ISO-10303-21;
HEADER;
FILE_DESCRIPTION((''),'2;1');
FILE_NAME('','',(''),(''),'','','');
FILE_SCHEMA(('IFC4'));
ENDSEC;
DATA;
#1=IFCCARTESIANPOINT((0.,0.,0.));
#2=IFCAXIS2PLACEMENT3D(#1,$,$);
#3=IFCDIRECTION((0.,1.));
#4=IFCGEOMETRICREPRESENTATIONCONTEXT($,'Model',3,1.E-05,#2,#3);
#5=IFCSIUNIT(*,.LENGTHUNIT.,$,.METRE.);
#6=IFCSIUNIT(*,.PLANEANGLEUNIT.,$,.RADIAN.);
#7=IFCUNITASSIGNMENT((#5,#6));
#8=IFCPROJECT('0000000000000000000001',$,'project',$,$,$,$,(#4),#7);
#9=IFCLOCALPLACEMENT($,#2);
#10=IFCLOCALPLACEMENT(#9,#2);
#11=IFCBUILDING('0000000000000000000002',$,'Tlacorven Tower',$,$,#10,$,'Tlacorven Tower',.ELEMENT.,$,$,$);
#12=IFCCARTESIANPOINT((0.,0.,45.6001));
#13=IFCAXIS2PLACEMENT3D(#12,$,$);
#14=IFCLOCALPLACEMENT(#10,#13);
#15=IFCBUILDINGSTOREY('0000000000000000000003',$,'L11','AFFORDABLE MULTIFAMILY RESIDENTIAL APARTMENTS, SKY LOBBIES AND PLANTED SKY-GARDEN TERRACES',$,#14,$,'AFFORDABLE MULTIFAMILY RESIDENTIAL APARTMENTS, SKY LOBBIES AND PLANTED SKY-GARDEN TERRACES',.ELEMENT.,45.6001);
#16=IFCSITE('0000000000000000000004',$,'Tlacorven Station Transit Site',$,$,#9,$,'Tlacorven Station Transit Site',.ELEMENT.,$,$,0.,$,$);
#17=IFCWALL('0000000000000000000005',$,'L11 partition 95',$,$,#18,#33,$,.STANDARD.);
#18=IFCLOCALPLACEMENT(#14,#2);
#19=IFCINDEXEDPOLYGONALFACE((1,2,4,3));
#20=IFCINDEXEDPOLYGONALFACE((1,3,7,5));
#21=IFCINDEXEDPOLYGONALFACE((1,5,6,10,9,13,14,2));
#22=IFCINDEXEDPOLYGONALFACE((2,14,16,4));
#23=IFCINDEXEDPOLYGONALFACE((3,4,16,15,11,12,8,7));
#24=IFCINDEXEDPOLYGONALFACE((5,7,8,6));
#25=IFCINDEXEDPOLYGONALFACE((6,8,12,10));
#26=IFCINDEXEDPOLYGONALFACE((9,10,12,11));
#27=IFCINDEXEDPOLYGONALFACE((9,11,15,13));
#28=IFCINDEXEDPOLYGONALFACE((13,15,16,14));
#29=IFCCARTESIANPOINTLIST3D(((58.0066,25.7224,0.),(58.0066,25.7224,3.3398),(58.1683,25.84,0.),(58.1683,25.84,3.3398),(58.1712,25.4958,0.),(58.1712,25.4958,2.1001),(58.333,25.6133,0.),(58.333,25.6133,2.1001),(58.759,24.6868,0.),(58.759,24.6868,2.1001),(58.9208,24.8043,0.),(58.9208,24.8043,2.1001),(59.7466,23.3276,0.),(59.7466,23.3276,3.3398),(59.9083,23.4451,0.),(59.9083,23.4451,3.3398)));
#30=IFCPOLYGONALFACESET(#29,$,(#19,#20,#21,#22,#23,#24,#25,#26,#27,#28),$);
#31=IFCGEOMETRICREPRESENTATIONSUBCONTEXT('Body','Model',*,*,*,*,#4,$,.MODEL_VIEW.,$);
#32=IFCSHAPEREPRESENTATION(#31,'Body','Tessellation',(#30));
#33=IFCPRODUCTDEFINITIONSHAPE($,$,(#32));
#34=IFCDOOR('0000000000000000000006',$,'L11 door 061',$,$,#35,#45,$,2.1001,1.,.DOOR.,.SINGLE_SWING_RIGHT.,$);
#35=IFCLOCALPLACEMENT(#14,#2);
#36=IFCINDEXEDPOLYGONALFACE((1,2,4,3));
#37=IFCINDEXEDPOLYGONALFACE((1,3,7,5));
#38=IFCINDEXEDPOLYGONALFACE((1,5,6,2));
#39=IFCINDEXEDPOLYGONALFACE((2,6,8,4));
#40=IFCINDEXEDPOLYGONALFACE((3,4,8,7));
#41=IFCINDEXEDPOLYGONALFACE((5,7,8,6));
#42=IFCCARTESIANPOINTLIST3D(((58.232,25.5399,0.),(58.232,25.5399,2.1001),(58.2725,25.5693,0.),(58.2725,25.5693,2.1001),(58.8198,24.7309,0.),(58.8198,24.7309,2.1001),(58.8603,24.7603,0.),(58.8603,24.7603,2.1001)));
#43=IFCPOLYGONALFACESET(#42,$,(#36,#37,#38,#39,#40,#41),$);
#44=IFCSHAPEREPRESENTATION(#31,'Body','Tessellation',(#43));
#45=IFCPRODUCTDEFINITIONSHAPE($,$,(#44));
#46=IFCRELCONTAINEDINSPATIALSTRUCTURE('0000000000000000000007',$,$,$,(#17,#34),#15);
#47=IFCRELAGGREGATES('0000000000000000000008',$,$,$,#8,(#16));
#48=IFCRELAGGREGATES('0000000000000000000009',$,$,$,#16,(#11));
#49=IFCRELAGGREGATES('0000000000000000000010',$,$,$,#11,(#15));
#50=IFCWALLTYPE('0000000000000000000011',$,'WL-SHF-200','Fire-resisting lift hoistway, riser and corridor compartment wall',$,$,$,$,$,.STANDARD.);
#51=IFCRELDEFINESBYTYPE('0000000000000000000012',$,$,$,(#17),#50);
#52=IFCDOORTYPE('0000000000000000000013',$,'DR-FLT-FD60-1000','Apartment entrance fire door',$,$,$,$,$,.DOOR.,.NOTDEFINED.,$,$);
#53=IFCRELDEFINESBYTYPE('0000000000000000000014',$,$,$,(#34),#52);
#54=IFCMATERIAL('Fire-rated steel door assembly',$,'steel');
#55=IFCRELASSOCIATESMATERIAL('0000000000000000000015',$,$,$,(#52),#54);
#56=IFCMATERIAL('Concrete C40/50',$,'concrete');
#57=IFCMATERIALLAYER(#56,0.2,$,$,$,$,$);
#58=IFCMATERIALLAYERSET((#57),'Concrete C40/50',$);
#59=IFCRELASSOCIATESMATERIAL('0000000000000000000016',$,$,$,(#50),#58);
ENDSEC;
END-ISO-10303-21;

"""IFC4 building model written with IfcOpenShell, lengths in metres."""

from ifc_helpers import new_model, si_unit, direction, frame, frame_2d, origin, place, context, subcontext, project, spatial, rectangle, extrude, source, transform, mapped, material, layer, layer_set, type_object, element, fill, save


model = new_model("IFC4")

# Units and contexts
model_context = context("Model", 3, precision=1e-05, world=origin(), true_north=direction((0.0, 1.0)))
body_context = subcontext(model_context, "Body", "Model", "MODEL_VIEW")
ifc_project = project(units=[si_unit("LENGTHUNIT", "METRE"), si_unit("PLANEANGLEUNIT", "RADIAN")], contexts=[model_context])

# Site, building, storey
site_placement = place(None, origin())
site = spatial("IfcSite", under=ifc_project, at=site_placement, Name="Tlacorven Station Transit Site", LongName="Tlacorven Station Transit Site", CompositionType="ELEMENT", RefElevation=0.0)
building_placement = place(site_placement, origin())
building = spatial("IfcBuilding", under=site, at=building_placement, Name="Tlacorven Tower", LongName="Tlacorven Tower", CompositionType="ELEMENT")
storey_placement = place(building_placement, frame((0.0, 0.0, 45.6001)))
storey = spatial("IfcBuildingStorey", under=building, at=storey_placement, Name="L11", Description="AFFORDABLE MULTIFAMILY RESIDENTIAL APARTMENTS, SKY LOBBIES AND PLANTED SKY-GARDEN TERRACES", LongName="AFFORDABLE MULTIFAMILY RESIDENTIAL APARTMENTS, SKY LOBBIES AND PLANTED SKY-GARDEN TERRACES", CompositionType="ELEMENT", Elevation=45.6001)

# Shared definitions
ifc_material_1 = material(Name="Fire-rated steel door assembly", Category="steel")
door_type_1 = type_object("IfcDoorType", Name="DR-FLT-FD60-1000", Description="Apartment entrance fire door", OperationType="NOTDEFINED", PredefinedType="DOOR", material=ifc_material_1)
shared_shape_1 = source(origin(), body_context, "Body", "SweptSolid", [
    extrude(rectangle(XDim=1.0, YDim=2.1001, at=frame_2d((0.5, 1.05))), frame((0.0, 0.0249, 0.0), z_axis=(0.0, -1.0, 0.0), x_axis=(1.0, 0.0, 0.0)), (0.0, 0.0, 1.0), 0.05),
])

# Wall, opening, door
ifc_material_2 = material(Name="Concrete C40/50", Category="concrete")
ifc_layer_1 = layer(ifc_material_2, 0.2)
ifc_layer_set_1 = layer_set([ifc_layer_1], Name="Concrete C40/50")
wall_type_1 = type_object("IfcWallType", Name="WL-SHF-200", Description="Fire-resisting lift hoistway, riser and corridor compartment wall", PredefinedType="STANDARD", material=ifc_layer_set_1)
wall_1_placement = place(storey_placement, frame((59.8274, 23.3865, 0.0), z_axis=(0.0, 0.0, 1.0), x_axis=(-0.587804, 0.809003, 0.0)))
wall_1 = element("IfcWall", 1, at=wall_1_placement, inside=storey, type_object=wall_type_1, Name="L11 partition 95", PredefinedType="STANDARD", context=body_context, shape_type="SweptSolid", body=[
    extrude(rectangle(XDim=2.9602, YDim=0.2, at=frame_2d((1.48, 0.0))), origin(), (0.0, 0.0, 1.0), 3.3398),
])
opening_1_placement = place(wall_1_placement, frame((1.6799, 0.0, 0.0)))
opening_1 = element("IfcOpeningElement", 2, at=opening_1_placement, cuts=wall_1, PredefinedType="OPENING", context=body_context, shape_type="SweptSolid", body=[
    extrude(rectangle(XDim=1.0, YDim=2.1001, at=frame_2d((0.5, 1.05))), frame((0.0, 0.1099, 0.0), z_axis=(0.0, -1.0, 0.0), x_axis=(1.0, 0.0, 0.0)), (0.0, 0.0, 1.0), 0.22),
])
door_1_placement = place(opening_1_placement, origin())
door_1 = element("IfcDoor", 3, at=door_1_placement, inside=storey, type_object=door_type_1, Name="L11 door 061", OperationType="SINGLE_SWING_RIGHT", OverallHeight=2.1001, OverallWidth=1.0, PredefinedType="DOOR", context=body_context, shape_type="MappedRepresentation", body=[
    mapped(shared_shape_1, transform((0.0, 0.0, 0.0), scale=1.0)),
])
fill(opening_1, door_1)

save(model, "model.ifc")
